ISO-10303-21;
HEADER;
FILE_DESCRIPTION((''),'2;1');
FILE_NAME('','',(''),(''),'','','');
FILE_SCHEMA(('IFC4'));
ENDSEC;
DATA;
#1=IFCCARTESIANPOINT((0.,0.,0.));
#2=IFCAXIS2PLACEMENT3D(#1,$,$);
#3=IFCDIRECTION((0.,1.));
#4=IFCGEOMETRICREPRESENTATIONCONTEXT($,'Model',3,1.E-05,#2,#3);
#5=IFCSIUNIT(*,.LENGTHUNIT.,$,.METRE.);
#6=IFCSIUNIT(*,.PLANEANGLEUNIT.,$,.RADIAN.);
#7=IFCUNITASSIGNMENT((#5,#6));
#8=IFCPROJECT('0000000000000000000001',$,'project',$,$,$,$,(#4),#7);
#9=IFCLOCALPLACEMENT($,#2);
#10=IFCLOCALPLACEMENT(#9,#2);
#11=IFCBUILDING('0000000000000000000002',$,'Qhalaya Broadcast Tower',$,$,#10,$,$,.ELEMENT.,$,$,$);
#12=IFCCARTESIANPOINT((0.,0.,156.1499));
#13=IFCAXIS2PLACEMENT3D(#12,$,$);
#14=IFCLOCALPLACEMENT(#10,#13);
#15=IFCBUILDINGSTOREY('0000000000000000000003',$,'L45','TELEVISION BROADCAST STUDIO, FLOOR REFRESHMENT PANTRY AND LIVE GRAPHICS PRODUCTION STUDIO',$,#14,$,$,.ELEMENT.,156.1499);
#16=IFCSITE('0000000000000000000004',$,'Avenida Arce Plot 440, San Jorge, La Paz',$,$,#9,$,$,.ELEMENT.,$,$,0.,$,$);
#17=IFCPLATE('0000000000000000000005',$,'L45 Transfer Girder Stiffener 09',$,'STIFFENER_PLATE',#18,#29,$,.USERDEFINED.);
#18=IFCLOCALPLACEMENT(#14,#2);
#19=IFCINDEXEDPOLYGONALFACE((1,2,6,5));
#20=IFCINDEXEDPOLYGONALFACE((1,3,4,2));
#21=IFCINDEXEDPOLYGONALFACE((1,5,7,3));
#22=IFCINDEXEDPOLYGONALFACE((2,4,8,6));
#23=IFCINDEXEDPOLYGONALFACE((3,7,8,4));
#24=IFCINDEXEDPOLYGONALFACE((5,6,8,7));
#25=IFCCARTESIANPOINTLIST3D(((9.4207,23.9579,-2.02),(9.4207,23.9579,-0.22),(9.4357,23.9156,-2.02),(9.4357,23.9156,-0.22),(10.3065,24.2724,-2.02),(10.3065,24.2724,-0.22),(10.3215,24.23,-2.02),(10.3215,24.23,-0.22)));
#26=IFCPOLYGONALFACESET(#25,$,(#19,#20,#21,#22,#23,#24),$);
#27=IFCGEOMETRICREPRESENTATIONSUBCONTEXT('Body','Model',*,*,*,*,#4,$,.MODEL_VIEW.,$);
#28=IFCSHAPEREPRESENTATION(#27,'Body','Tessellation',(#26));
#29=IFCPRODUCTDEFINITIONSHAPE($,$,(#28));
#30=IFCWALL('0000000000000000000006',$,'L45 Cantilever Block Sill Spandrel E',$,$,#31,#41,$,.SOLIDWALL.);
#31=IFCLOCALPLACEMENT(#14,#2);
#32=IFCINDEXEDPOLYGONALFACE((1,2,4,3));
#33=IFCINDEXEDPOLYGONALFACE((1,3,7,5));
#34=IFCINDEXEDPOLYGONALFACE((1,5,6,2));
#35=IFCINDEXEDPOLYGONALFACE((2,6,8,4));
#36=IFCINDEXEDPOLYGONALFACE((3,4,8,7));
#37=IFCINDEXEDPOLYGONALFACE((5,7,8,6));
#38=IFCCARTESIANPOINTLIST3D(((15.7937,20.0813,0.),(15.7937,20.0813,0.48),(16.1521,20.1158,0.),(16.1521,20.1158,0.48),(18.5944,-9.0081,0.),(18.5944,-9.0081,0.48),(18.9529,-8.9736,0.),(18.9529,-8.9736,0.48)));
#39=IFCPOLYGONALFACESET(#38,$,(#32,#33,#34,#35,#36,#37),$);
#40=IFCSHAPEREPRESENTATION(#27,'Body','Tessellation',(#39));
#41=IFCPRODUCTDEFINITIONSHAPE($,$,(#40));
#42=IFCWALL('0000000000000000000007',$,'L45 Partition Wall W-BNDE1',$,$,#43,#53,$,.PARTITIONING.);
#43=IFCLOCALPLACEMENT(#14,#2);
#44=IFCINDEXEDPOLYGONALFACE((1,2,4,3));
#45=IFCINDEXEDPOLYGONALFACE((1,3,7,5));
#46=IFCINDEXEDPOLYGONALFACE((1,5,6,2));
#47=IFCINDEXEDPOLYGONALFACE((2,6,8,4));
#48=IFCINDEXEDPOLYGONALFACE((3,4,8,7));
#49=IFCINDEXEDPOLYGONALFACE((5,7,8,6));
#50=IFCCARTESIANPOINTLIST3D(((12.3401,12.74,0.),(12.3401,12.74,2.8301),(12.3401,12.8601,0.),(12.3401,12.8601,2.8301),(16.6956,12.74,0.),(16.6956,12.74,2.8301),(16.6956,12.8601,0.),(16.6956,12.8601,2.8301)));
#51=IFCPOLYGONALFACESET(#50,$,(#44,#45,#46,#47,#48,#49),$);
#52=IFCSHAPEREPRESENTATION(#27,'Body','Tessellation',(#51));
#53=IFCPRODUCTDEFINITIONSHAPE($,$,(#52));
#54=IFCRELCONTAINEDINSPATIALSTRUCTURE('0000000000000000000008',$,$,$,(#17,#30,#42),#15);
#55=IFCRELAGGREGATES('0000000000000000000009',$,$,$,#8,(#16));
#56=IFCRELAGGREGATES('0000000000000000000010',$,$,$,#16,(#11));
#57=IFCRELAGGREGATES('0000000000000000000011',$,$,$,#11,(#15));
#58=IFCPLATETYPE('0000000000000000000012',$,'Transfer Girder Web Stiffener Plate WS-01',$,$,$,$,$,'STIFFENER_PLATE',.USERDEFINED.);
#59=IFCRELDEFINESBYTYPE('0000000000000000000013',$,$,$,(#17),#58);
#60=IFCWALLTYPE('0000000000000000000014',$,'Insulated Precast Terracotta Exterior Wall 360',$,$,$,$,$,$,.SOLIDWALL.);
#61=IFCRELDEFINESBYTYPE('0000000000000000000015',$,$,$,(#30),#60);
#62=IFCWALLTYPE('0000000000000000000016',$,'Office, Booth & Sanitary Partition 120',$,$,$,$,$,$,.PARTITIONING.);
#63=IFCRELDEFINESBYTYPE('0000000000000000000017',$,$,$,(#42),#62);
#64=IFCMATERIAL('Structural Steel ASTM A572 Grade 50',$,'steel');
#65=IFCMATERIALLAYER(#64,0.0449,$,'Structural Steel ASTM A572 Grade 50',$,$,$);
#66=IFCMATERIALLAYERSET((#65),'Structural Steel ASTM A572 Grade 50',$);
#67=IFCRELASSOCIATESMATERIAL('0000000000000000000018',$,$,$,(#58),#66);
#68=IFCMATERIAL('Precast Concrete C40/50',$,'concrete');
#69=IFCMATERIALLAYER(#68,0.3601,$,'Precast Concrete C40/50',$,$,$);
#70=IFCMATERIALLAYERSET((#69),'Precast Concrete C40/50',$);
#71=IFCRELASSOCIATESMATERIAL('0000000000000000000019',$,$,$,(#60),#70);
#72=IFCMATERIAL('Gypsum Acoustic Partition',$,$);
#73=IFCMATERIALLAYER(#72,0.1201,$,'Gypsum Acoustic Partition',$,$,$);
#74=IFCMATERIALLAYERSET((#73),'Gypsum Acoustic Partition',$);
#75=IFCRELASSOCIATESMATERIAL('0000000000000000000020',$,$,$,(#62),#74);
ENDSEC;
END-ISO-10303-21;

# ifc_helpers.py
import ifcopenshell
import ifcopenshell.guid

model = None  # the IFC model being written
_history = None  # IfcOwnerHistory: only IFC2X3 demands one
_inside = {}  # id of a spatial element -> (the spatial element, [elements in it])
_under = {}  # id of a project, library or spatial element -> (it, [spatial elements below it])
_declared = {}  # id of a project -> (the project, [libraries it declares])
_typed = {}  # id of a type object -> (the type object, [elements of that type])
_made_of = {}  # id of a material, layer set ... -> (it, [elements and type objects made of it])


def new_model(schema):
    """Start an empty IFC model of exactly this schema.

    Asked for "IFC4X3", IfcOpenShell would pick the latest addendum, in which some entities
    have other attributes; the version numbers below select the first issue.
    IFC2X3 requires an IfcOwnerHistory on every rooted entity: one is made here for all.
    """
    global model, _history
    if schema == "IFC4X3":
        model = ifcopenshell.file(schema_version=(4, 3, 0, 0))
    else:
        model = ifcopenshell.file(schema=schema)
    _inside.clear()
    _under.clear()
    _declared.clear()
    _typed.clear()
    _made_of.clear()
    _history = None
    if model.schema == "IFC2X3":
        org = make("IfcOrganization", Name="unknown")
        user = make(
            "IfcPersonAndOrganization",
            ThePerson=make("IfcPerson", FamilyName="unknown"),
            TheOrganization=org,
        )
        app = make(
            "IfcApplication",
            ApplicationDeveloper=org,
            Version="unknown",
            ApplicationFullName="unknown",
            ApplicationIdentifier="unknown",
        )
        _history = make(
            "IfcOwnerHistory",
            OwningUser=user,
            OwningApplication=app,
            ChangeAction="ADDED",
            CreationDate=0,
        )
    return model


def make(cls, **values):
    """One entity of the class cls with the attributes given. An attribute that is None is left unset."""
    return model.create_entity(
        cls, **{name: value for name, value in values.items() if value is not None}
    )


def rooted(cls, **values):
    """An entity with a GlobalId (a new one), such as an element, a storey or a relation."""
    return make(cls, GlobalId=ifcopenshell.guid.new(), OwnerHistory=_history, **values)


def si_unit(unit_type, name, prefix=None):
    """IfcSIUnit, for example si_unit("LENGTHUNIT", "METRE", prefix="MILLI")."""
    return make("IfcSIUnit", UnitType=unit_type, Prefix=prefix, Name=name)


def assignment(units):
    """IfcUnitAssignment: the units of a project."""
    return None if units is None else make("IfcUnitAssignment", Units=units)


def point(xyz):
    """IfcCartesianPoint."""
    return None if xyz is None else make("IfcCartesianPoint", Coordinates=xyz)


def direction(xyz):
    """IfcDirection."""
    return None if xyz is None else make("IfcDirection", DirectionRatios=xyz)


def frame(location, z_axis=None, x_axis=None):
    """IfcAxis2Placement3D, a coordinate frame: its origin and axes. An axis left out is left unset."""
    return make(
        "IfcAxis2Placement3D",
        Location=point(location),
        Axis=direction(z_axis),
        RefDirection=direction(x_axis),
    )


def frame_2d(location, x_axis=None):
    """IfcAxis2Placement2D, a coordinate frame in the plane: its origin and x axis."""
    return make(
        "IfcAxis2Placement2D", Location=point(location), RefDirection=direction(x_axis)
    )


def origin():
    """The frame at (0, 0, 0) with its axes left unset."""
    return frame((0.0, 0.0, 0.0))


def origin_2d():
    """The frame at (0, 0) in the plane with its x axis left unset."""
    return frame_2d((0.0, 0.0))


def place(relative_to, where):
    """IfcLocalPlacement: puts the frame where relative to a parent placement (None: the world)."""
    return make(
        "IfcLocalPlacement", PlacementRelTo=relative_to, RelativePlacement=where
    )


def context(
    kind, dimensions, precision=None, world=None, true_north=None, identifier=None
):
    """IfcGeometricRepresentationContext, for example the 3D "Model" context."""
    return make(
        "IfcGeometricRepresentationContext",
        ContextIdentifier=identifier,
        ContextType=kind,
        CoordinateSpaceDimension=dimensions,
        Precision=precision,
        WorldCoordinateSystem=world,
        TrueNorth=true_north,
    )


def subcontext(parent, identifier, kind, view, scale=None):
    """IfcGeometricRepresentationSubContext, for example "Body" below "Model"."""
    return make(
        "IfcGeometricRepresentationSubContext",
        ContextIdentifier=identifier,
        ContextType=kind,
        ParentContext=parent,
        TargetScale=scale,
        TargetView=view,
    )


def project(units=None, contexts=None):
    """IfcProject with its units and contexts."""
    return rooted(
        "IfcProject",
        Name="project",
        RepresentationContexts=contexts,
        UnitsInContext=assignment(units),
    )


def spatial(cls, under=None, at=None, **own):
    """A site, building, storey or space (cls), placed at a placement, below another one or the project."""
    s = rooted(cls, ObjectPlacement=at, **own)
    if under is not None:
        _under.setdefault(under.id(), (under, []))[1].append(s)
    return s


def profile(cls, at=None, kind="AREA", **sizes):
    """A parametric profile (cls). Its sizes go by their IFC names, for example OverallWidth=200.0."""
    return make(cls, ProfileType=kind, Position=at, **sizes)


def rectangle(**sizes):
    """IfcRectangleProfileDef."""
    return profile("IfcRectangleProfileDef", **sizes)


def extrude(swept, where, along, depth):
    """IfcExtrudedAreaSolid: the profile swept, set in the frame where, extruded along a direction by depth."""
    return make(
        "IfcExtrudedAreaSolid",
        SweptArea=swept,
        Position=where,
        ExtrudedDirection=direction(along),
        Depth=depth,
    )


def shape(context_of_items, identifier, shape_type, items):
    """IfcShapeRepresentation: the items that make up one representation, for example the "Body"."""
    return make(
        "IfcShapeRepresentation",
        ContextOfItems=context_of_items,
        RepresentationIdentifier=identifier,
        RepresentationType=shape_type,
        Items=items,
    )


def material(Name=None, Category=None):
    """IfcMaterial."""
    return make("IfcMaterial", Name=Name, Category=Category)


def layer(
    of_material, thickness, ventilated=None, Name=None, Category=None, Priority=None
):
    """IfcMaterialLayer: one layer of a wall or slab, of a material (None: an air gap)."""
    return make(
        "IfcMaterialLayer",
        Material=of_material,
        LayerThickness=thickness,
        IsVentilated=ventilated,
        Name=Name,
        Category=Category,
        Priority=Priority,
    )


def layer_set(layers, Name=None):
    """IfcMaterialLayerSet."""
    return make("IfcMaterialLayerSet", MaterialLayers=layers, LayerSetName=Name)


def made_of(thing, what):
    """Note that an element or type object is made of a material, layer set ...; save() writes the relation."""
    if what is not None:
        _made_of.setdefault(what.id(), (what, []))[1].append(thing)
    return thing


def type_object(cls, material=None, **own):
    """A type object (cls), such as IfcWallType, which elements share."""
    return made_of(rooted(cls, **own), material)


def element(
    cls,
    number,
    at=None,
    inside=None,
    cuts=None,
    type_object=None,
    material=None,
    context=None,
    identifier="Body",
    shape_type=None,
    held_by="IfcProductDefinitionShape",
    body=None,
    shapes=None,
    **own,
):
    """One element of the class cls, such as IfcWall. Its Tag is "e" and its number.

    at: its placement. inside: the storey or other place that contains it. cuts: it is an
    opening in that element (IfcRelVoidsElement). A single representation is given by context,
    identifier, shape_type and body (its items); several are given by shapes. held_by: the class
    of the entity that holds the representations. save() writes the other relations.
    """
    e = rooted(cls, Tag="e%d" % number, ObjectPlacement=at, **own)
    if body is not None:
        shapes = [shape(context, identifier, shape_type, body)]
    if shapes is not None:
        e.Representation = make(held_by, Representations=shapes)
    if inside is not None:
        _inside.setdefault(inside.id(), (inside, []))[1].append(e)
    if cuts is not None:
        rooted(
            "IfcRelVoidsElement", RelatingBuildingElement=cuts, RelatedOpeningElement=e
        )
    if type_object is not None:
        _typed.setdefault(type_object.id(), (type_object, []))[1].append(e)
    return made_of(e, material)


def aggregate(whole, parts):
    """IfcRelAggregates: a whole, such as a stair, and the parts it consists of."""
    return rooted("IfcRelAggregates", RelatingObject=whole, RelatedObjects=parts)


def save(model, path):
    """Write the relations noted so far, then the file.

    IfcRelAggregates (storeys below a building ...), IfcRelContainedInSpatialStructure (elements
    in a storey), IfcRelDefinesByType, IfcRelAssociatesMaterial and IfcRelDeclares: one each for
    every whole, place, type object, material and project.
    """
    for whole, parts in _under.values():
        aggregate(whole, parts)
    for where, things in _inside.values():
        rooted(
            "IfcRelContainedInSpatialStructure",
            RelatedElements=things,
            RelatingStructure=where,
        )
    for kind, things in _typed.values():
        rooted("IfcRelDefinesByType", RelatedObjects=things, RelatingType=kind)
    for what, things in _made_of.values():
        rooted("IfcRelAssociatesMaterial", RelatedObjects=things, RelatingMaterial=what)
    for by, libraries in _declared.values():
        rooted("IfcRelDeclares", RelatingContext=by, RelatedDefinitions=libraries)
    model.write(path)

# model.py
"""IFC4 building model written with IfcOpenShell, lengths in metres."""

from ifc_helpers import new_model, si_unit, direction, frame, frame_2d, origin, origin_2d, place, context, subcontext, project, spatial, rectangle, extrude, material, layer, layer_set, type_object, element, save


model = new_model("IFC4")

# Units and contexts
model_context = context("Model", 3, precision=1e-05, world=origin(), true_north=direction((0.0, 1.0)))
body_context = subcontext(model_context, "Body", "Model", "MODEL_VIEW")
ifc_project = project(units=[si_unit("LENGTHUNIT", "METRE"), si_unit("PLANEANGLEUNIT", "RADIAN")], contexts=[model_context])

# Site, building, storey
site_placement = place(None, origin())
site = spatial("IfcSite", under=ifc_project, at=site_placement, Name="Avenida Arce Plot 440, San Jorge, La Paz", CompositionType="ELEMENT", RefElevation=0.0)
building_placement = place(site_placement, origin())
building = spatial("IfcBuilding", under=site, at=building_placement, Name="Qhalaya Broadcast Tower", CompositionType="ELEMENT")
storey_placement = place(building_placement, frame((0.0, 0.0, 156.1499)))
storey = spatial("IfcBuildingStorey", under=building, at=storey_placement, Name="L45", Description="TELEVISION BROADCAST STUDIO, FLOOR REFRESHMENT PANTRY AND LIVE GRAPHICS PRODUCTION STUDIO", CompositionType="ELEMENT", Elevation=156.1499)

# Shared definitions
ifc_material_1 = material(Name="Structural Steel ASTM A572 Grade 50", Category="steel")

# Plate
ifc_layer_1 = layer(ifc_material_1, 0.0449, Name="Structural Steel ASTM A572 Grade 50")
ifc_layer_set_1 = layer_set([ifc_layer_1], Name="Structural Steel ASTM A572 Grade 50")
plate_type_1 = type_object("IfcPlateType", Name="Transfer Girder Web Stiffener Plate WS-01", ElementType="STIFFENER_PLATE", PredefinedType="USERDEFINED", material=ifc_layer_set_1)
plate_1_placement = place(storey_placement, frame((9.8711, 24.094, -2.02), z_axis=(0.0, 0.0, 1.0), x_axis=(-0.942385, -0.334531, 0.0)))
element("IfcPlate", 1, at=plate_1_placement, inside=storey, type_object=plate_type_1, Name="L45 Transfer Girder Stiffener 09", ObjectType="STIFFENER_PLATE", PredefinedType="USERDEFINED", context=body_context, shape_type="SweptSolid", body=[
    extrude(rectangle(XDim=0.9399, YDim=0.0449, at=origin_2d()), origin(), (0.0, 0.0, 1.0), 1.8),
])

# Walls
ifc_material_2 = material(Name="Precast Concrete C40/50", Category="concrete")
ifc_layer_2 = layer(ifc_material_2, 0.3601, Name="Precast Concrete C40/50")
ifc_layer_set_2 = layer_set([ifc_layer_2], Name="Precast Concrete C40/50")
wall_type_1 = type_object("IfcWallType", Name="Insulated Precast Terracotta Exterior Wall 360", PredefinedType="SOLIDWALL", material=ifc_layer_set_2)
wall_1_placement = place(storey_placement, frame((15.9729, 20.0984, 0.0), z_axis=(0.0, 0.0, 1.0), x_axis=(0.095839, -0.995397, 0.0)))
element("IfcWall", 2, at=wall_1_placement, inside=storey, type_object=wall_type_1, Name="L45 Cantilever Block Sill Spandrel E", PredefinedType="SOLIDWALL", context=body_context, shape_type="SweptSolid", body=[
    extrude(rectangle(XDim=29.2239, YDim=0.3601, at=frame_2d((14.6118, 0.0))), origin(), (0.0, 0.0, 1.0), 0.48),
])
ifc_material_3 = material(Name="Gypsum Acoustic Partition")
ifc_layer_3 = layer(ifc_material_3, 0.1201, Name="Gypsum Acoustic Partition")
ifc_layer_set_3 = layer_set([ifc_layer_3], Name="Gypsum Acoustic Partition")
wall_type_2 = type_object("IfcWallType", Name="Office, Booth & Sanitary Partition 120", PredefinedType="PARTITIONING", material=ifc_layer_set_3)
wall_2_placement = place(storey_placement, frame((12.3401, 12.8, 0.0), z_axis=(0.0, 0.0, 1.0), x_axis=(1.0, 0.0, 0.0)))
element("IfcWall", 3, at=wall_2_placement, inside=storey, type_object=wall_type_2, Name="L45 Partition Wall W-BNDE1", PredefinedType="PARTITIONING", context=body_context, shape_type="SweptSolid", body=[
    extrude(rectangle(XDim=4.3555, YDim=0.1201, at=frame_2d((2.1777, 0.0))), origin(), (0.0, 0.0, 1.0), 2.8301),
])

save(model, "model.ifc")
